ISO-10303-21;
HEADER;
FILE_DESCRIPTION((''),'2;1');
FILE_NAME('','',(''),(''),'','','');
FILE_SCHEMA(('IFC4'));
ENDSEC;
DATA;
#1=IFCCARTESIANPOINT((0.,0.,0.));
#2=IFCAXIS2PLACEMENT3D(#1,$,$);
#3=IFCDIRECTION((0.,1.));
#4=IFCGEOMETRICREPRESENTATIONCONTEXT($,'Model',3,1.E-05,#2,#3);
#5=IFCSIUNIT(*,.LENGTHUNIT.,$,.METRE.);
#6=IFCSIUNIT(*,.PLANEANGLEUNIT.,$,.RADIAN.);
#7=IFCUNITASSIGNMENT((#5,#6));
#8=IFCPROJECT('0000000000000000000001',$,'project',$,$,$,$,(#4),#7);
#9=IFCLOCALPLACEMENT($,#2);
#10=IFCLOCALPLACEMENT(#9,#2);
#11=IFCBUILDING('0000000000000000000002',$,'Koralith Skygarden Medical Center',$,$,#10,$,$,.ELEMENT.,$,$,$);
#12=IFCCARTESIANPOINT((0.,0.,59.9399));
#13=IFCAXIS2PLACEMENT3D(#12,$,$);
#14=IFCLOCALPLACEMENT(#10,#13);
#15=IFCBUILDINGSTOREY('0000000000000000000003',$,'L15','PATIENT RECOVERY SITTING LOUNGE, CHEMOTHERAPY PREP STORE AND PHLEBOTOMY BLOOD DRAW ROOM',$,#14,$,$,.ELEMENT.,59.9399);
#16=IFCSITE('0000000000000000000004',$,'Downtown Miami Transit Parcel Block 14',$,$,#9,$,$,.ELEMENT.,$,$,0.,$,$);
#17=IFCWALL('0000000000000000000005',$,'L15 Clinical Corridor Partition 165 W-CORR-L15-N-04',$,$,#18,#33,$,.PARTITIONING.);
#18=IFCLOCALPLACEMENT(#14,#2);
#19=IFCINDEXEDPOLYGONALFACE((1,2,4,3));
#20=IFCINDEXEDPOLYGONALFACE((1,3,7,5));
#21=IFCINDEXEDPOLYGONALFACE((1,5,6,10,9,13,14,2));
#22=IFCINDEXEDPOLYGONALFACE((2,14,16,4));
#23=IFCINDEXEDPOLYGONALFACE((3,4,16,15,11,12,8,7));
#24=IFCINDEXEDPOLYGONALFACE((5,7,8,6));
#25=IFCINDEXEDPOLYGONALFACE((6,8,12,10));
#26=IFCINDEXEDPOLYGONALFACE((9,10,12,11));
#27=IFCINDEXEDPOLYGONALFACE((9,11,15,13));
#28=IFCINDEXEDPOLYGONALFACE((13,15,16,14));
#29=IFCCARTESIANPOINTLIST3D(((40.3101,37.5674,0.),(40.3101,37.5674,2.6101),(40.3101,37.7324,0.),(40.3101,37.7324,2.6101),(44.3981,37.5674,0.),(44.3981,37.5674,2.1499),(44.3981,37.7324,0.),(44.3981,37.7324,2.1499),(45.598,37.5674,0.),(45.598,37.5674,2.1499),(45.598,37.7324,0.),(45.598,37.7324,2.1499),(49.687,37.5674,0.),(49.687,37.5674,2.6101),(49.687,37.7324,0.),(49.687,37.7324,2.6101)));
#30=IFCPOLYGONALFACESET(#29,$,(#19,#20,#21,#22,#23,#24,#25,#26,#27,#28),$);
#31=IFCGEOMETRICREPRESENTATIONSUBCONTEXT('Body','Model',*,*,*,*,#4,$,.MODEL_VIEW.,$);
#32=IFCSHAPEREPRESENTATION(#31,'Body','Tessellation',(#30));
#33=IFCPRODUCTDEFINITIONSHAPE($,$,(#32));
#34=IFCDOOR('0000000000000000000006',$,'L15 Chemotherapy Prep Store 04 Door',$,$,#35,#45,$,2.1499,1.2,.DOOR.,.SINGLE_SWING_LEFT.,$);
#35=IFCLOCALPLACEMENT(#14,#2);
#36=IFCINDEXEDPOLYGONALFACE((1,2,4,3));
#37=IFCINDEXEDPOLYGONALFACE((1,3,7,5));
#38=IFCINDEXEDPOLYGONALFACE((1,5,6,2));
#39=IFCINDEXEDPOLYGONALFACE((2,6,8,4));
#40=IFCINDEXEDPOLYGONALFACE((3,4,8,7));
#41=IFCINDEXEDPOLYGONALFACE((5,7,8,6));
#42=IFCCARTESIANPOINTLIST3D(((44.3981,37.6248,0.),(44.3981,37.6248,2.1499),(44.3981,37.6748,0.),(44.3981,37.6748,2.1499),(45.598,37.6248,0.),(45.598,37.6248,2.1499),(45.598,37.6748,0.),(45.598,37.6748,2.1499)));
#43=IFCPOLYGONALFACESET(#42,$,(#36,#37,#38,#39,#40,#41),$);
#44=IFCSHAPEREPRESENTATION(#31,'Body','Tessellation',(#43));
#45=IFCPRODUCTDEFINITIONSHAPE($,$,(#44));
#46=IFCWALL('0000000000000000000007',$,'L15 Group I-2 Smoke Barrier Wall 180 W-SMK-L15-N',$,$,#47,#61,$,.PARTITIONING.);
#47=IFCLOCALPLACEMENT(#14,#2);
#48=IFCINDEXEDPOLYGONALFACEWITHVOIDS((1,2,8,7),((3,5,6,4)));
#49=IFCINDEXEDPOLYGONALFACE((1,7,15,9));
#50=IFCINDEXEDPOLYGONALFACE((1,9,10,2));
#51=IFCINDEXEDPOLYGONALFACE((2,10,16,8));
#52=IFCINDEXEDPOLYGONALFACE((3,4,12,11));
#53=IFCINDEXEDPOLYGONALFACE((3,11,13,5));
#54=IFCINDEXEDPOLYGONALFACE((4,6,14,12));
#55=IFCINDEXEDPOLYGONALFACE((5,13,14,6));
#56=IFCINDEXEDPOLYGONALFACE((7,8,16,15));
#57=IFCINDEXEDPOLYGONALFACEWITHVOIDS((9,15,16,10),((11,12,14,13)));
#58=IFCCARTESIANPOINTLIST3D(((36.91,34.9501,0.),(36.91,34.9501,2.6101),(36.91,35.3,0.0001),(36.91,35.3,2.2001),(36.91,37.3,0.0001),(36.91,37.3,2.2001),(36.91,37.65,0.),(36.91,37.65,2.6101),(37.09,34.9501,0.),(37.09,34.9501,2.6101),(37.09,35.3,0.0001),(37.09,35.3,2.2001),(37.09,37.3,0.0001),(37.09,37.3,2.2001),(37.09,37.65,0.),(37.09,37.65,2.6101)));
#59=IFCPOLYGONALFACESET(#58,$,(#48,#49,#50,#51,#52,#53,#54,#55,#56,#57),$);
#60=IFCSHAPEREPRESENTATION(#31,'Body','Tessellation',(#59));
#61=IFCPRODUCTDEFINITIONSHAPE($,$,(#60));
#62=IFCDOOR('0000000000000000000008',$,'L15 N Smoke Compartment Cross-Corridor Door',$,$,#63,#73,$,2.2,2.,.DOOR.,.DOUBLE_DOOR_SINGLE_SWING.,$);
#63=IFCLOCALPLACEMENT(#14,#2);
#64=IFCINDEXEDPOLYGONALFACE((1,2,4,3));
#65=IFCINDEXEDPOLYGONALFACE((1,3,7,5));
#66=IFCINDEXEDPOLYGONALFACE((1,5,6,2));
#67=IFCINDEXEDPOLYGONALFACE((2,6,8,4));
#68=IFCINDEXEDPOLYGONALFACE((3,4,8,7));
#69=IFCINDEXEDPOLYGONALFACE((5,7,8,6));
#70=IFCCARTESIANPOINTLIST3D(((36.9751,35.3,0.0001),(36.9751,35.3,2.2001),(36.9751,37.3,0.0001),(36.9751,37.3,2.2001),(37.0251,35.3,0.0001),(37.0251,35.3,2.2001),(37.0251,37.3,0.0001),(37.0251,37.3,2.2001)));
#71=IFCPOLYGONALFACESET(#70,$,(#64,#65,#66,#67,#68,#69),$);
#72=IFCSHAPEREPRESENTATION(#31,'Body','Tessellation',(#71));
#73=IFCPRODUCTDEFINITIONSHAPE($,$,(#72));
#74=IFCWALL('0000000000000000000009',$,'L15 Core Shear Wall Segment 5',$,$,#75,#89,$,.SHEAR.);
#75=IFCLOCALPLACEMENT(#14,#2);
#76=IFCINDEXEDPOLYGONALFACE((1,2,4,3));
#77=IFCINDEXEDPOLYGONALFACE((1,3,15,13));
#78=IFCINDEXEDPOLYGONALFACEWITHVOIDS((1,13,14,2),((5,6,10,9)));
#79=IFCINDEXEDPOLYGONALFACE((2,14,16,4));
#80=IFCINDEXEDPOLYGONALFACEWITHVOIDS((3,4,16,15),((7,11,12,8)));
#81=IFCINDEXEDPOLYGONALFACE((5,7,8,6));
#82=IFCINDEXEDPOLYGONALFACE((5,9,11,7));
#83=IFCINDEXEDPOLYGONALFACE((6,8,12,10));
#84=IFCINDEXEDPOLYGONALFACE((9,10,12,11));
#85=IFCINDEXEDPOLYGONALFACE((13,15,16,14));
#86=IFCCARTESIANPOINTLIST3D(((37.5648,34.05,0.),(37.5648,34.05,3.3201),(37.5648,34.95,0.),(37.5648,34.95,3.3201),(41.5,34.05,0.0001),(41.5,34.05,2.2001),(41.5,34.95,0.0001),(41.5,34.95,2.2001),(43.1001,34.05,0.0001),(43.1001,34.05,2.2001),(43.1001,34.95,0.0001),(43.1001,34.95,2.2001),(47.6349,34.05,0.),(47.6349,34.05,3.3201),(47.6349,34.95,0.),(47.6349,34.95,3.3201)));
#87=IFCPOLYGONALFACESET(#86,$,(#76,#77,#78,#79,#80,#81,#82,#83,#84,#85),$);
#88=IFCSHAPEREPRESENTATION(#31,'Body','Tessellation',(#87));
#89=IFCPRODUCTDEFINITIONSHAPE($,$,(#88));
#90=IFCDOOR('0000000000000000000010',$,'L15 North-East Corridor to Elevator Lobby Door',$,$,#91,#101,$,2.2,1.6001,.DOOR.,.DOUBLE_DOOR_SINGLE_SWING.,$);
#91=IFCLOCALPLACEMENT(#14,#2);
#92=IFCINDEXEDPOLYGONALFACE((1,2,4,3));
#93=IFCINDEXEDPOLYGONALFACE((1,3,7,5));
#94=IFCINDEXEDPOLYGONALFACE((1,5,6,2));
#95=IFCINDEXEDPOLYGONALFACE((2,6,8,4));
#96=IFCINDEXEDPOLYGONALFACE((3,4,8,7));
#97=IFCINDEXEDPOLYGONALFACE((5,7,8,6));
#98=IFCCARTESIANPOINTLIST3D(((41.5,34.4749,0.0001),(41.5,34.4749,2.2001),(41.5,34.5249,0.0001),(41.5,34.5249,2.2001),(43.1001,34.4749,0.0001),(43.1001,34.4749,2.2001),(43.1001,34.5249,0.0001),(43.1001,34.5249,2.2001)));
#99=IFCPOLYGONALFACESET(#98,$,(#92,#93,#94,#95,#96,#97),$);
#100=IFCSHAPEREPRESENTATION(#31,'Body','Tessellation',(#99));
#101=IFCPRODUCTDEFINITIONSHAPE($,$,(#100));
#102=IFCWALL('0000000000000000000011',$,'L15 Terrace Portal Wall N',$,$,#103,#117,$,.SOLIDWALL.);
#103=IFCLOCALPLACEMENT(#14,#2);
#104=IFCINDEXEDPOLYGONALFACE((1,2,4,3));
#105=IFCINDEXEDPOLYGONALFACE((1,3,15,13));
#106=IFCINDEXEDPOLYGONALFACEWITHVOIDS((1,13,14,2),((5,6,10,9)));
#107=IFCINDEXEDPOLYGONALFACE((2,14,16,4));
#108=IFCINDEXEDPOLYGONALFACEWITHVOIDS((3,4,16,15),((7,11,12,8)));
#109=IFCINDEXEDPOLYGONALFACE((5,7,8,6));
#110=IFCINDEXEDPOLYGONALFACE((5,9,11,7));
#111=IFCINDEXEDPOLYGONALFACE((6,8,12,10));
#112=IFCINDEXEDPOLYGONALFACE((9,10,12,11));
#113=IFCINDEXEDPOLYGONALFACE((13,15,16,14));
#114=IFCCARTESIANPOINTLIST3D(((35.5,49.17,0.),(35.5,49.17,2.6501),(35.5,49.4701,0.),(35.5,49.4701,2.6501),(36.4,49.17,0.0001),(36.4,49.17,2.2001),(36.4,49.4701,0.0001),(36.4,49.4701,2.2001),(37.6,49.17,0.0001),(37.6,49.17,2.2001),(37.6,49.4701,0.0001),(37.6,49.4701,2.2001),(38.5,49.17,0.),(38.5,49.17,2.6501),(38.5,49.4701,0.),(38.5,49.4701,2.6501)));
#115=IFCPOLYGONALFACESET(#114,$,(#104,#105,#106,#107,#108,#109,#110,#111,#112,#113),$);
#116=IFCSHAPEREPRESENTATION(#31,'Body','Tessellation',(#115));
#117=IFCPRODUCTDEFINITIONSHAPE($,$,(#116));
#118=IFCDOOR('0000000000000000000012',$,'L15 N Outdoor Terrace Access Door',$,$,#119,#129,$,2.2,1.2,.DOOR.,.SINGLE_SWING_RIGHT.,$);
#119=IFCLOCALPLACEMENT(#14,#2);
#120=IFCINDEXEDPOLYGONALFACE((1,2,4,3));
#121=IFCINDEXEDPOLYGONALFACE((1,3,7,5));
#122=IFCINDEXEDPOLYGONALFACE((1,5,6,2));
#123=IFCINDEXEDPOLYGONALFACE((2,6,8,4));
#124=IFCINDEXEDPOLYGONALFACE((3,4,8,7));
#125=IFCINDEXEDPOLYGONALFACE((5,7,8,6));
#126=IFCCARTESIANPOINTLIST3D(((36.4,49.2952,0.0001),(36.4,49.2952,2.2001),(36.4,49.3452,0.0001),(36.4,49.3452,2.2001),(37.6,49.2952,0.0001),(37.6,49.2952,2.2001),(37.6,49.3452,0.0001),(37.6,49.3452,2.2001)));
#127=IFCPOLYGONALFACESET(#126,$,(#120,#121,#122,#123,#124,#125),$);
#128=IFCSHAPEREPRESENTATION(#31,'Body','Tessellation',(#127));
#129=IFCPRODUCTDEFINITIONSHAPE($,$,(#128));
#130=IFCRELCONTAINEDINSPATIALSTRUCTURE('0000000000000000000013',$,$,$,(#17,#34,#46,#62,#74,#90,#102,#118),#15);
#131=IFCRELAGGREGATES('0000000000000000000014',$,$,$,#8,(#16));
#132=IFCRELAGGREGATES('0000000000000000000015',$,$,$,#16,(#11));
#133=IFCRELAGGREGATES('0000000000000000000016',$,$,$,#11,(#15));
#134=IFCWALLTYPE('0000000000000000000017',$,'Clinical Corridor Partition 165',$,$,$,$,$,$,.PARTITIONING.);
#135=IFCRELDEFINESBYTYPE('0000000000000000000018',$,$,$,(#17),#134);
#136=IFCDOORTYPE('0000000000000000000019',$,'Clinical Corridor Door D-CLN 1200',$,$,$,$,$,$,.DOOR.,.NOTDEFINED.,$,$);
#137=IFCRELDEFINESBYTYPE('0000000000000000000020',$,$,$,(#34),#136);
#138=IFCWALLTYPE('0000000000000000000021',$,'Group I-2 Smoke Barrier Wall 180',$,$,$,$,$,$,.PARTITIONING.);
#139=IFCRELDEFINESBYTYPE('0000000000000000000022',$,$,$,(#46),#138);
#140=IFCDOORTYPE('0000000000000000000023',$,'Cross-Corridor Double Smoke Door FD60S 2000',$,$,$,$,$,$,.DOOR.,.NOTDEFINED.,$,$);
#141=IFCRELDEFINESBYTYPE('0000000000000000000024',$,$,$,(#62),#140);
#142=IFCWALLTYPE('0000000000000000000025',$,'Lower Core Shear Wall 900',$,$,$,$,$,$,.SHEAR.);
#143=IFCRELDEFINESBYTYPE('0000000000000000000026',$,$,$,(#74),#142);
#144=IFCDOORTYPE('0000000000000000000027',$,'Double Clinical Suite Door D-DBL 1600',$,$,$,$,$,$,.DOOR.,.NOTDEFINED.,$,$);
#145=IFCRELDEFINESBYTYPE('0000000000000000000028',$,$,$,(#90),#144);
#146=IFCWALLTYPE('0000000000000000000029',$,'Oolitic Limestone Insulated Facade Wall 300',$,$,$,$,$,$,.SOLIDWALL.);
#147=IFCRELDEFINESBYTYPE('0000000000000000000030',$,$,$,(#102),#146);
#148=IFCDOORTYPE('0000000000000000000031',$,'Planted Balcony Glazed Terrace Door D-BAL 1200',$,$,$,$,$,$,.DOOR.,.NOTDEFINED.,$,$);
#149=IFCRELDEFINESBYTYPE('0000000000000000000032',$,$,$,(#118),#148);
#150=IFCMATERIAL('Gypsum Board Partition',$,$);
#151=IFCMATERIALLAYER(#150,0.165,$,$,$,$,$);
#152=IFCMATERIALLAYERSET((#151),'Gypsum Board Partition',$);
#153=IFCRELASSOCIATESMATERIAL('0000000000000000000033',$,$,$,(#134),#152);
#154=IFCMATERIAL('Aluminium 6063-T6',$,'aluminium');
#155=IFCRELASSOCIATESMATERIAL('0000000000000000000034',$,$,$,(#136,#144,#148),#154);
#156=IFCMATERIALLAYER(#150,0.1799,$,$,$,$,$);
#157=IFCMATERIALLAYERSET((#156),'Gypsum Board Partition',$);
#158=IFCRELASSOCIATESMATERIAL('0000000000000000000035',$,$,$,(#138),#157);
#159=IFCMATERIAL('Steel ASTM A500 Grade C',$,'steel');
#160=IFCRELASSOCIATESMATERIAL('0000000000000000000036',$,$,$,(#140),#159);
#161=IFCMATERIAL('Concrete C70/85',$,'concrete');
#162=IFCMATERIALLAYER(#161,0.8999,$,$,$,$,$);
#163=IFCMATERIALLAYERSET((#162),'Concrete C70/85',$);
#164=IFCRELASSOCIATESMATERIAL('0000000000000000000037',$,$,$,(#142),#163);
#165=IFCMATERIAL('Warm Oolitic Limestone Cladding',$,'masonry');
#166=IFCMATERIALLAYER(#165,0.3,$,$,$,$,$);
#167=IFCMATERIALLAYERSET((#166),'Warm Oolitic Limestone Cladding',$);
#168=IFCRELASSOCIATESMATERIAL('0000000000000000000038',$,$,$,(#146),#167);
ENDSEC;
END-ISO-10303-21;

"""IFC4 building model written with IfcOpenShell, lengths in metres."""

from ifc_helpers import new_model, si_unit, direction, frame, frame_2d, origin, place, context, subcontext, project, spatial, rectangle, extrude, material, layer, layer_set, type_object, element, fill, save


model = new_model("IFC4")

# Units and contexts
model_context = context("Model", 3, precision=1e-05, world=origin(), true_north=direction((0.0, 1.0)))
body_context = subcontext(model_context, "Body", "Model", "MODEL_VIEW")
ifc_project = project(units=[si_unit("LENGTHUNIT", "METRE"), si_unit("PLANEANGLEUNIT", "RADIAN")], contexts=[model_context])

# Site, building, storey
site_placement = place(None, origin())
site = spatial("IfcSite", under=ifc_project, at=site_placement, Name="Downtown Miami Transit Parcel Block 14", CompositionType="ELEMENT", RefElevation=0.0)
building_placement = place(site_placement, origin())
building = spatial("IfcBuilding", under=site, at=building_placement, Name="Koralith Skygarden Medical Center", CompositionType="ELEMENT")
storey_placement = place(building_placement, frame((0.0, 0.0, 59.9399)))
storey = spatial("IfcBuildingStorey", under=building, at=storey_placement, Name="L15", Description="PATIENT RECOVERY SITTING LOUNGE, CHEMOTHERAPY PREP STORE AND PHLEBOTOMY BLOOD DRAW ROOM", CompositionType="ELEMENT", Elevation=59.9399)

# Shared definitions
ifc_material_1 = material(Name="Concrete C70/85", Category="concrete")

# Shared definitions
ifc_material_2 = material(Name="Aluminium 6063-T6", Category="aluminium")

# Shared definitions
ifc_material_3 = material(Name="Gypsum Board Partition")

# Walls, openings, doors
ifc_layer_1 = layer(ifc_material_3, 0.165)
ifc_layer_set_1 = layer_set([ifc_layer_1], Name="Gypsum Board Partition")
wall_type_1 = type_object("IfcWallType", Name="Clinical Corridor Partition 165", PredefinedType="PARTITIONING", material=ifc_layer_set_1)
wall_1_placement = place(storey_placement, frame((40.3101, 37.6499, 0.0), z_axis=(0.0, 0.0, 1.0), x_axis=(1.0, 0.0, 0.0)))
wall_1 = element("IfcWall", 1, at=wall_1_placement, inside=storey, type_object=wall_type_1, Name="L15 Clinical Corridor Partition 165 W-CORR-L15-N-04", PredefinedType="PARTITIONING", context=body_context, shape_type="SweptSolid", body=[
    extrude(rectangle(XDim=9.377, YDim=0.165, at=frame_2d((4.6885, 0.0))), origin(), (0.0, 0.0, 1.0), 2.6101),
])
opening_1_placement = place(wall_1_placement, frame((4.0879, 0.0, 0.0)))
opening_1 = element("IfcOpeningElement", 2, at=opening_1_placement, cuts=wall_1, PredefinedType="OPENING", context=body_context, shape_type="SweptSolid", body=[
    extrude(rectangle(XDim=1.2, YDim=2.1499, at=frame_2d((0.6001, 1.075))), frame((0.0, 0.0925, 0.0), z_axis=(0.0, -1.0, 0.0), x_axis=(1.0, 0.0, 0.0)), (0.0, 0.0, 1.0), 0.1851),
])
door_type_1 = type_object("IfcDoorType", Name="Clinical Corridor Door D-CLN 1200", OperationType="NOTDEFINED", PredefinedType="DOOR", material=ifc_material_2)
door_1_placement = place(opening_1_placement, origin())
door_1 = element("IfcDoor", 3, at=door_1_placement, inside=storey, type_object=door_type_1, Name="L15 Chemotherapy Prep Store 04 Door", OperationType="SINGLE_SWING_LEFT", OverallHeight=2.1499, OverallWidth=1.2, PredefinedType="DOOR", context=body_context, shape_type="SweptSolid", body=[
    extrude(rectangle(XDim=1.2, YDim=2.1499, at=frame_2d((0.6001, 1.075))), frame((0.0, 0.0249, 0.0), z_axis=(0.0, -1.0, 0.0), x_axis=(1.0, 0.0, 0.0)), (0.0, 0.0, 1.0), 0.05),
])
fill(opening_1, door_1)
ifc_layer_2 = layer(ifc_material_3, 0.1799)
ifc_layer_set_2 = layer_set([ifc_layer_2], Name="Gypsum Board Partition")
wall_type_2 = type_object("IfcWallType", Name="Group I-2 Smoke Barrier Wall 180", PredefinedType="PARTITIONING", material=ifc_layer_set_2)
wall_2_placement = place(storey_placement, frame((37.0, 34.95, 0.0), z_axis=(0.0, 0.0, 1.0), x_axis=(0.0, 1.0, 0.0)))
wall_2 = element("IfcWall", 4, at=wall_2_placement, inside=storey, type_object=wall_type_2, Name="L15 Group I-2 Smoke Barrier Wall 180 W-SMK-L15-N", PredefinedType="PARTITIONING", context=body_context, shape_type="SweptSolid", body=[
    extrude(rectangle(XDim=2.7, YDim=0.1799, at=frame_2d((1.3501, 0.0))), origin(), (0.0, 0.0, 1.0), 2.6101),
])
opening_2_placement = place(wall_2_placement, frame((0.3501, 0.0, 0.0)))
opening_2 = element("IfcOpeningElement", 5, at=opening_2_placement, cuts=wall_2, PredefinedType="OPENING", context=body_context, shape_type="SweptSolid", body=[
    extrude(rectangle(XDim=2.0, YDim=2.2, at=frame_2d((1.0, 1.1001))), frame((0.0, 0.0999, 0.0), z_axis=(0.0, -1.0, 0.0), x_axis=(1.0, 0.0, 0.0)), (0.0, 0.0, 1.0), 0.2),
])
ifc_material_4 = material(Name="Steel ASTM A500 Grade C", Category="steel")
door_type_2 = type_object("IfcDoorType", Name="Cross-Corridor Double Smoke Door FD60S 2000", OperationType="NOTDEFINED", PredefinedType="DOOR", material=ifc_material_4)
door_2_placement = place(opening_2_placement, origin())
door_2 = element("IfcDoor", 6, at=door_2_placement, inside=storey, type_object=door_type_2, Name="L15 N Smoke Compartment Cross-Corridor Door", OperationType="DOUBLE_DOOR_SINGLE_SWING", OverallHeight=2.2, OverallWidth=2.0, PredefinedType="DOOR", context=body_context, shape_type="SweptSolid", body=[
    extrude(rectangle(XDim=2.0, YDim=2.2, at=frame_2d((1.0, 1.1001))), frame((0.0, 0.0249, 0.0), z_axis=(0.0, -1.0, 0.0), x_axis=(1.0, 0.0, 0.0)), (0.0, 0.0, 1.0), 0.05),
])
fill(opening_2, door_2)
ifc_layer_3 = layer(ifc_material_1, 0.8999)
ifc_layer_set_3 = layer_set([ifc_layer_3], Name="Concrete C70/85")
wall_type_3 = type_object("IfcWallType", Name="Lower Core Shear Wall 900", PredefinedType="SHEAR", material=ifc_layer_set_3)
wall_3_placement = place(storey_placement, frame((47.635, 34.5, 0.0), z_axis=(0.0, 0.0, 1.0), x_axis=(-1.0, 0.0, 0.0)))
wall_3 = element("IfcWall", 7, at=wall_3_placement, inside=storey, type_object=wall_type_3, Name="L15 Core Shear Wall Segment 5", PredefinedType="SHEAR", context=body_context, shape_type="SweptSolid", body=[
    extrude(rectangle(XDim=10.0701, YDim=0.8999, at=frame_2d((5.0352, 0.0))), origin(), (0.0, 0.0, 1.0), 3.3201),
])
opening_3_placement = place(wall_3_placement, frame((4.5349, 0.0, 0.0)))
opening_3 = element("IfcOpeningElement", 8, at=opening_3_placement, cuts=wall_3, PredefinedType="OPENING", context=body_context, shape_type="SweptSolid", body=[
    extrude(rectangle(XDim=1.6001, YDim=2.2, at=frame_2d((0.8, 1.1001))), frame((0.0, 0.46, 0.0), z_axis=(0.0, -1.0, 0.0), x_axis=(1.0, 0.0, 0.0)), (0.0, 0.0, 1.0), 0.9199),
])
door_type_3 = type_object("IfcDoorType", Name="Double Clinical Suite Door D-DBL 1600", OperationType="NOTDEFINED", PredefinedType="DOOR", material=ifc_material_2)
door_3_placement = place(opening_3_placement, frame((1.6001, 0.0, 0.0), z_axis=(0.0, 0.0, 1.0), x_axis=(-1.0, 0.0, 0.0)))
door_3 = element("IfcDoor", 9, at=door_3_placement, inside=storey, type_object=door_type_3, Name="L15 North-East Corridor to Elevator Lobby Door", OperationType="DOUBLE_DOOR_SINGLE_SWING", OverallHeight=2.2, OverallWidth=1.6001, PredefinedType="DOOR", context=body_context, shape_type="SweptSolid", body=[
    extrude(rectangle(XDim=1.6001, YDim=2.2, at=frame_2d((0.8, 1.1001))), frame((0.0, 0.0249, 0.0), z_axis=(0.0, -1.0, 0.0), x_axis=(1.0, 0.0, 0.0)), (0.0, 0.0, 1.0), 0.05),
])
fill(opening_3, door_3)
ifc_material_5 = material(Name="Warm Oolitic Limestone Cladding", Category="masonry")
ifc_layer_4 = layer(ifc_material_5, 0.3)
ifc_layer_set_4 = layer_set([ifc_layer_4], Name="Warm Oolitic Limestone Cladding")
wall_type_4 = type_object("IfcWallType", Name="Oolitic Limestone Insulated Facade Wall 300", PredefinedType="SOLIDWALL", material=ifc_layer_set_4)
wall_4_placement = place(storey_placement, frame((38.5, 49.3201, 0.0), z_axis=(0.0, 0.0, 1.0), x_axis=(-1.0, 0.0, 0.0)))
wall_4 = element("IfcWall", 10, at=wall_4_placement, inside=storey, type_object=wall_type_4, Name="L15 Terrace Portal Wall N", PredefinedType="SOLIDWALL", context=body_context, shape_type="SweptSolid", body=[
    extrude(rectangle(XDim=3.0, YDim=0.3, at=frame_2d((1.5, 0.0))), origin(), (0.0, 0.0, 1.0), 2.6501),
])
opening_4_placement = place(wall_4_placement, frame((0.8999, 0.0, 0.0)))
opening_4 = element("IfcOpeningElement", 11, at=opening_4_placement, cuts=wall_4, PredefinedType="OPENING", context=body_context, shape_type="SweptSolid", body=[
    extrude(rectangle(XDim=1.2, YDim=2.2, at=frame_2d((0.6001, 1.1001))), frame((0.0, 0.1599, 0.0), z_axis=(0.0, -1.0, 0.0), x_axis=(1.0, 0.0, 0.0)), (0.0, 0.0, 1.0), 0.3201),
])
door_type_4 = type_object("IfcDoorType", Name="Planted Balcony Glazed Terrace Door D-BAL 1200", OperationType="NOTDEFINED", PredefinedType="DOOR", material=ifc_material_2)
door_4_placement = place(opening_4_placement, origin())
door_4 = element("IfcDoor", 12, at=door_4_placement, inside=storey, type_object=door_type_4, Name="L15 N Outdoor Terrace Access Door", OperationType="SINGLE_SWING_RIGHT", OverallHeight=2.2, OverallWidth=1.2, PredefinedType="DOOR", context=body_context, shape_type="SweptSolid", body=[
    extrude(rectangle(XDim=1.2, YDim=2.2, at=frame_2d((0.6001, 1.1001))), frame((0.0, 0.0249, 0.0), z_axis=(0.0, -1.0, 0.0), x_axis=(1.0, 0.0, 0.0)), (0.0, 0.0, 1.0), 0.05),
])
fill(opening_4, door_4)

save(model, "model.ifc")
